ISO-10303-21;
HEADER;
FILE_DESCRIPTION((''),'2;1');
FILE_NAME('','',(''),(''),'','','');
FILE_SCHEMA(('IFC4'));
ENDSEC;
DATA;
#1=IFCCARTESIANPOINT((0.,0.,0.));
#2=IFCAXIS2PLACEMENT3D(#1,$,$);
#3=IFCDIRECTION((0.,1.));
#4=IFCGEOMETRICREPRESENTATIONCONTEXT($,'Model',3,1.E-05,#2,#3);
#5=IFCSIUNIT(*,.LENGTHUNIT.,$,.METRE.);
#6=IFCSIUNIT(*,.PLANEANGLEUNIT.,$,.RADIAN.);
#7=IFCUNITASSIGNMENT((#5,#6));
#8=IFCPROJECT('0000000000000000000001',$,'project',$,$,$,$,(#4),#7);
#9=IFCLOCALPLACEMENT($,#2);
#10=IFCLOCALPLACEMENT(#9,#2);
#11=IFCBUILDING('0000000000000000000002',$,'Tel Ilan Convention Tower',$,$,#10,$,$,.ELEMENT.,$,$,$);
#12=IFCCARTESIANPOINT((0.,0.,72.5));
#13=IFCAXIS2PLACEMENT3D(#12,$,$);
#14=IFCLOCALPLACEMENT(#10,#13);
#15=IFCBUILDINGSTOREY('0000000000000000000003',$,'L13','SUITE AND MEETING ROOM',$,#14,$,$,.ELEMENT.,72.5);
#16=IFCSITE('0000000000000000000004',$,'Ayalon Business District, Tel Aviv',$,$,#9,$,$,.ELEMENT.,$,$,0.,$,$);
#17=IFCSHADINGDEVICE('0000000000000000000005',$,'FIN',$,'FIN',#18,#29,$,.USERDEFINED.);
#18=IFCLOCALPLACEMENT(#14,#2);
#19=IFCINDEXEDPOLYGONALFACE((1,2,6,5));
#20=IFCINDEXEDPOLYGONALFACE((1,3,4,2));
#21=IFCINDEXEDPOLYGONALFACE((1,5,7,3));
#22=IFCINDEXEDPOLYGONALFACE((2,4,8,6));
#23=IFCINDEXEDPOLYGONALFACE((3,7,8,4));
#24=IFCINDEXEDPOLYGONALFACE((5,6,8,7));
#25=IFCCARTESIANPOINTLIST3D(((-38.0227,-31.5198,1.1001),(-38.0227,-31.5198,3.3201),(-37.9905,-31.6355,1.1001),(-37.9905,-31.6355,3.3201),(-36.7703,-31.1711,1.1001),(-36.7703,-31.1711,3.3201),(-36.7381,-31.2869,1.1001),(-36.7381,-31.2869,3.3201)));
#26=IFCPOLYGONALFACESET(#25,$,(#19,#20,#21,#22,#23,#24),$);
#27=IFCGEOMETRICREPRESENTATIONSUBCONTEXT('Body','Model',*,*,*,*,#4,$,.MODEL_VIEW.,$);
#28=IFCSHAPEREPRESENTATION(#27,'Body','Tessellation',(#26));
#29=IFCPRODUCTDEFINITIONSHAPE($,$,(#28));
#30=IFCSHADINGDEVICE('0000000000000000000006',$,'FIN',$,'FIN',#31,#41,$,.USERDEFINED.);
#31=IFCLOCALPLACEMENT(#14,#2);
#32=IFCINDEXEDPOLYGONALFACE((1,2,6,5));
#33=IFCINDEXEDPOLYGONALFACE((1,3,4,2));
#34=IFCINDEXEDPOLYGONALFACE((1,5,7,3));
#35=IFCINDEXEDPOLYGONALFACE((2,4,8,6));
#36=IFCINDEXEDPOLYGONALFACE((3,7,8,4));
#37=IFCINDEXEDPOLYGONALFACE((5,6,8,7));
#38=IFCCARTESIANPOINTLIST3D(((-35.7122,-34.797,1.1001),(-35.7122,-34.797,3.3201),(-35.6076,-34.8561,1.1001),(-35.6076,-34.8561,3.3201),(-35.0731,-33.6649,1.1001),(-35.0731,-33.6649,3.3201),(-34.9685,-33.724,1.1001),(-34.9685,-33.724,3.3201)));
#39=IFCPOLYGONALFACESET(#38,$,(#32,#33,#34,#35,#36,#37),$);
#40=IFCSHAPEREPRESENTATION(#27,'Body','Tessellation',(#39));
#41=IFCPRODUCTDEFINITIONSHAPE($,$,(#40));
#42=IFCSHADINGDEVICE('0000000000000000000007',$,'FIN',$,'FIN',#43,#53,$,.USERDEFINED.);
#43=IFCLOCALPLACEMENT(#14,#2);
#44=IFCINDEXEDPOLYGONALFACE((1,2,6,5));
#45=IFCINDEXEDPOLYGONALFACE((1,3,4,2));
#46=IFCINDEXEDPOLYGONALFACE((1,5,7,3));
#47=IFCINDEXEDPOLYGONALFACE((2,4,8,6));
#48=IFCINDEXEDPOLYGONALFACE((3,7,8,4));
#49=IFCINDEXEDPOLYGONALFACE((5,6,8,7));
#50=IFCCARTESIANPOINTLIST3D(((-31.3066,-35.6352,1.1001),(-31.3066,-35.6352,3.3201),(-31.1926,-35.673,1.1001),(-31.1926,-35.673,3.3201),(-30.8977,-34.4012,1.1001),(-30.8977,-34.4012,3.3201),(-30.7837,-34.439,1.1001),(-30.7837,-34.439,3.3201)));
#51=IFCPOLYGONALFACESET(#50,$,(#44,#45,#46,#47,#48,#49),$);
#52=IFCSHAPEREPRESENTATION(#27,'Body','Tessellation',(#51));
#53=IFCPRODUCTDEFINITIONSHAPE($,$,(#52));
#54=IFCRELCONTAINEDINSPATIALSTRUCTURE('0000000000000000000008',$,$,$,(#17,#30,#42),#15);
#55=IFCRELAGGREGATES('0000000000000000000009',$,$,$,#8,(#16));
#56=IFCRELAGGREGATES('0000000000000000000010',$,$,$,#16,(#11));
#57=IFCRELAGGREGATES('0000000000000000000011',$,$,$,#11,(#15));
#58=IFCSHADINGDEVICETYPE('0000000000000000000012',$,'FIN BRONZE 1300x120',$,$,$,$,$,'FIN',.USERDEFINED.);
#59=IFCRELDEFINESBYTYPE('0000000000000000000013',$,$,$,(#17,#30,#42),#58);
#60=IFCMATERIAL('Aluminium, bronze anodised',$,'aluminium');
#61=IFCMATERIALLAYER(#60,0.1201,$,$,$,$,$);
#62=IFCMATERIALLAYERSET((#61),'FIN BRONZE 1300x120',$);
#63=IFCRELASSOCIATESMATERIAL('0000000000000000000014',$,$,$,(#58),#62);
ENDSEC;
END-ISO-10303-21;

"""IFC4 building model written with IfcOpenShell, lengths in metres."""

from ifc_helpers import new_model, si_unit, direction, frame, origin, origin_2d, place, context, subcontext, project, spatial, rectangle, extrude, material, layer, layer_set, type_object, element, save


model = new_model("IFC4")

# Units and contexts
model_context = context("Model", 3, precision=1e-05, world=origin(), true_north=direction((0.0, 1.0)))
body_context = subcontext(model_context, "Body", "Model", "MODEL_VIEW")
ifc_project = project(units=[si_unit("LENGTHUNIT", "METRE"), si_unit("PLANEANGLEUNIT", "RADIAN")], contexts=[model_context])

# Site, building, storey
site_placement = place(None, origin())
site = spatial("IfcSite", under=ifc_project, at=site_placement, Name="Ayalon Business District, Tel Aviv", CompositionType="ELEMENT", RefElevation=0.0)
building_placement = place(site_placement, origin())
building = spatial("IfcBuilding", under=site, at=building_placement, Name="Tel Ilan Convention Tower", CompositionType="ELEMENT")
storey_placement = place(building_placement, frame((0.0, 0.0, 72.5)))
storey = spatial("IfcBuildingStorey", under=building, at=storey_placement, Name="L13", Description="SUITE AND MEETING ROOM", CompositionType="ELEMENT", Elevation=72.5)

# Shading devices
ifc_material_1 = material(Name="Aluminium, bronze anodised", Category="aluminium")
ifc_layer_1 = layer(ifc_material_1, 0.1201)
ifc_layer_set_1 = layer_set([ifc_layer_1], Name="FIN BRONZE 1300x120")
shading_device_type = type_object("IfcShadingDeviceType", Name="FIN BRONZE 1300x120", ElementType="FIN", PredefinedType="USERDEFINED", material=ifc_layer_set_1)
for number, where, z_axis, x_axis, name in (
    (1, (-37.3804, -31.4033, 1.1001), (0.0, 0.0, 1.0), (-0.963371, -0.268173, 0.0), "FIN"),
    (2, (-35.3403, -34.2605, 1.1001), (0.0, 0.0, 1.0), (-0.491579, -0.870833, 0.0), "FIN"),
    (3, (-31.0452, -35.0371, 1.1001), (0.0, 0.0, 1.0), (-0.314545, -0.949243, 0.0), "FIN"),
):
    element("IfcShadingDevice", number, at=place(storey_placement, frame(where, z_axis=z_axis, x_axis=x_axis)), inside=storey, type_object=shading_device_type, Name=name, ObjectType="FIN", PredefinedType="USERDEFINED", context=body_context, shape_type="SweptSolid", body=[
        extrude(rectangle(XDim=1.3, YDim=0.1201, at=origin_2d()), origin(), (0.0, 0.0, 1.0), 2.22),
    ])

save(model, "model.ifc")
